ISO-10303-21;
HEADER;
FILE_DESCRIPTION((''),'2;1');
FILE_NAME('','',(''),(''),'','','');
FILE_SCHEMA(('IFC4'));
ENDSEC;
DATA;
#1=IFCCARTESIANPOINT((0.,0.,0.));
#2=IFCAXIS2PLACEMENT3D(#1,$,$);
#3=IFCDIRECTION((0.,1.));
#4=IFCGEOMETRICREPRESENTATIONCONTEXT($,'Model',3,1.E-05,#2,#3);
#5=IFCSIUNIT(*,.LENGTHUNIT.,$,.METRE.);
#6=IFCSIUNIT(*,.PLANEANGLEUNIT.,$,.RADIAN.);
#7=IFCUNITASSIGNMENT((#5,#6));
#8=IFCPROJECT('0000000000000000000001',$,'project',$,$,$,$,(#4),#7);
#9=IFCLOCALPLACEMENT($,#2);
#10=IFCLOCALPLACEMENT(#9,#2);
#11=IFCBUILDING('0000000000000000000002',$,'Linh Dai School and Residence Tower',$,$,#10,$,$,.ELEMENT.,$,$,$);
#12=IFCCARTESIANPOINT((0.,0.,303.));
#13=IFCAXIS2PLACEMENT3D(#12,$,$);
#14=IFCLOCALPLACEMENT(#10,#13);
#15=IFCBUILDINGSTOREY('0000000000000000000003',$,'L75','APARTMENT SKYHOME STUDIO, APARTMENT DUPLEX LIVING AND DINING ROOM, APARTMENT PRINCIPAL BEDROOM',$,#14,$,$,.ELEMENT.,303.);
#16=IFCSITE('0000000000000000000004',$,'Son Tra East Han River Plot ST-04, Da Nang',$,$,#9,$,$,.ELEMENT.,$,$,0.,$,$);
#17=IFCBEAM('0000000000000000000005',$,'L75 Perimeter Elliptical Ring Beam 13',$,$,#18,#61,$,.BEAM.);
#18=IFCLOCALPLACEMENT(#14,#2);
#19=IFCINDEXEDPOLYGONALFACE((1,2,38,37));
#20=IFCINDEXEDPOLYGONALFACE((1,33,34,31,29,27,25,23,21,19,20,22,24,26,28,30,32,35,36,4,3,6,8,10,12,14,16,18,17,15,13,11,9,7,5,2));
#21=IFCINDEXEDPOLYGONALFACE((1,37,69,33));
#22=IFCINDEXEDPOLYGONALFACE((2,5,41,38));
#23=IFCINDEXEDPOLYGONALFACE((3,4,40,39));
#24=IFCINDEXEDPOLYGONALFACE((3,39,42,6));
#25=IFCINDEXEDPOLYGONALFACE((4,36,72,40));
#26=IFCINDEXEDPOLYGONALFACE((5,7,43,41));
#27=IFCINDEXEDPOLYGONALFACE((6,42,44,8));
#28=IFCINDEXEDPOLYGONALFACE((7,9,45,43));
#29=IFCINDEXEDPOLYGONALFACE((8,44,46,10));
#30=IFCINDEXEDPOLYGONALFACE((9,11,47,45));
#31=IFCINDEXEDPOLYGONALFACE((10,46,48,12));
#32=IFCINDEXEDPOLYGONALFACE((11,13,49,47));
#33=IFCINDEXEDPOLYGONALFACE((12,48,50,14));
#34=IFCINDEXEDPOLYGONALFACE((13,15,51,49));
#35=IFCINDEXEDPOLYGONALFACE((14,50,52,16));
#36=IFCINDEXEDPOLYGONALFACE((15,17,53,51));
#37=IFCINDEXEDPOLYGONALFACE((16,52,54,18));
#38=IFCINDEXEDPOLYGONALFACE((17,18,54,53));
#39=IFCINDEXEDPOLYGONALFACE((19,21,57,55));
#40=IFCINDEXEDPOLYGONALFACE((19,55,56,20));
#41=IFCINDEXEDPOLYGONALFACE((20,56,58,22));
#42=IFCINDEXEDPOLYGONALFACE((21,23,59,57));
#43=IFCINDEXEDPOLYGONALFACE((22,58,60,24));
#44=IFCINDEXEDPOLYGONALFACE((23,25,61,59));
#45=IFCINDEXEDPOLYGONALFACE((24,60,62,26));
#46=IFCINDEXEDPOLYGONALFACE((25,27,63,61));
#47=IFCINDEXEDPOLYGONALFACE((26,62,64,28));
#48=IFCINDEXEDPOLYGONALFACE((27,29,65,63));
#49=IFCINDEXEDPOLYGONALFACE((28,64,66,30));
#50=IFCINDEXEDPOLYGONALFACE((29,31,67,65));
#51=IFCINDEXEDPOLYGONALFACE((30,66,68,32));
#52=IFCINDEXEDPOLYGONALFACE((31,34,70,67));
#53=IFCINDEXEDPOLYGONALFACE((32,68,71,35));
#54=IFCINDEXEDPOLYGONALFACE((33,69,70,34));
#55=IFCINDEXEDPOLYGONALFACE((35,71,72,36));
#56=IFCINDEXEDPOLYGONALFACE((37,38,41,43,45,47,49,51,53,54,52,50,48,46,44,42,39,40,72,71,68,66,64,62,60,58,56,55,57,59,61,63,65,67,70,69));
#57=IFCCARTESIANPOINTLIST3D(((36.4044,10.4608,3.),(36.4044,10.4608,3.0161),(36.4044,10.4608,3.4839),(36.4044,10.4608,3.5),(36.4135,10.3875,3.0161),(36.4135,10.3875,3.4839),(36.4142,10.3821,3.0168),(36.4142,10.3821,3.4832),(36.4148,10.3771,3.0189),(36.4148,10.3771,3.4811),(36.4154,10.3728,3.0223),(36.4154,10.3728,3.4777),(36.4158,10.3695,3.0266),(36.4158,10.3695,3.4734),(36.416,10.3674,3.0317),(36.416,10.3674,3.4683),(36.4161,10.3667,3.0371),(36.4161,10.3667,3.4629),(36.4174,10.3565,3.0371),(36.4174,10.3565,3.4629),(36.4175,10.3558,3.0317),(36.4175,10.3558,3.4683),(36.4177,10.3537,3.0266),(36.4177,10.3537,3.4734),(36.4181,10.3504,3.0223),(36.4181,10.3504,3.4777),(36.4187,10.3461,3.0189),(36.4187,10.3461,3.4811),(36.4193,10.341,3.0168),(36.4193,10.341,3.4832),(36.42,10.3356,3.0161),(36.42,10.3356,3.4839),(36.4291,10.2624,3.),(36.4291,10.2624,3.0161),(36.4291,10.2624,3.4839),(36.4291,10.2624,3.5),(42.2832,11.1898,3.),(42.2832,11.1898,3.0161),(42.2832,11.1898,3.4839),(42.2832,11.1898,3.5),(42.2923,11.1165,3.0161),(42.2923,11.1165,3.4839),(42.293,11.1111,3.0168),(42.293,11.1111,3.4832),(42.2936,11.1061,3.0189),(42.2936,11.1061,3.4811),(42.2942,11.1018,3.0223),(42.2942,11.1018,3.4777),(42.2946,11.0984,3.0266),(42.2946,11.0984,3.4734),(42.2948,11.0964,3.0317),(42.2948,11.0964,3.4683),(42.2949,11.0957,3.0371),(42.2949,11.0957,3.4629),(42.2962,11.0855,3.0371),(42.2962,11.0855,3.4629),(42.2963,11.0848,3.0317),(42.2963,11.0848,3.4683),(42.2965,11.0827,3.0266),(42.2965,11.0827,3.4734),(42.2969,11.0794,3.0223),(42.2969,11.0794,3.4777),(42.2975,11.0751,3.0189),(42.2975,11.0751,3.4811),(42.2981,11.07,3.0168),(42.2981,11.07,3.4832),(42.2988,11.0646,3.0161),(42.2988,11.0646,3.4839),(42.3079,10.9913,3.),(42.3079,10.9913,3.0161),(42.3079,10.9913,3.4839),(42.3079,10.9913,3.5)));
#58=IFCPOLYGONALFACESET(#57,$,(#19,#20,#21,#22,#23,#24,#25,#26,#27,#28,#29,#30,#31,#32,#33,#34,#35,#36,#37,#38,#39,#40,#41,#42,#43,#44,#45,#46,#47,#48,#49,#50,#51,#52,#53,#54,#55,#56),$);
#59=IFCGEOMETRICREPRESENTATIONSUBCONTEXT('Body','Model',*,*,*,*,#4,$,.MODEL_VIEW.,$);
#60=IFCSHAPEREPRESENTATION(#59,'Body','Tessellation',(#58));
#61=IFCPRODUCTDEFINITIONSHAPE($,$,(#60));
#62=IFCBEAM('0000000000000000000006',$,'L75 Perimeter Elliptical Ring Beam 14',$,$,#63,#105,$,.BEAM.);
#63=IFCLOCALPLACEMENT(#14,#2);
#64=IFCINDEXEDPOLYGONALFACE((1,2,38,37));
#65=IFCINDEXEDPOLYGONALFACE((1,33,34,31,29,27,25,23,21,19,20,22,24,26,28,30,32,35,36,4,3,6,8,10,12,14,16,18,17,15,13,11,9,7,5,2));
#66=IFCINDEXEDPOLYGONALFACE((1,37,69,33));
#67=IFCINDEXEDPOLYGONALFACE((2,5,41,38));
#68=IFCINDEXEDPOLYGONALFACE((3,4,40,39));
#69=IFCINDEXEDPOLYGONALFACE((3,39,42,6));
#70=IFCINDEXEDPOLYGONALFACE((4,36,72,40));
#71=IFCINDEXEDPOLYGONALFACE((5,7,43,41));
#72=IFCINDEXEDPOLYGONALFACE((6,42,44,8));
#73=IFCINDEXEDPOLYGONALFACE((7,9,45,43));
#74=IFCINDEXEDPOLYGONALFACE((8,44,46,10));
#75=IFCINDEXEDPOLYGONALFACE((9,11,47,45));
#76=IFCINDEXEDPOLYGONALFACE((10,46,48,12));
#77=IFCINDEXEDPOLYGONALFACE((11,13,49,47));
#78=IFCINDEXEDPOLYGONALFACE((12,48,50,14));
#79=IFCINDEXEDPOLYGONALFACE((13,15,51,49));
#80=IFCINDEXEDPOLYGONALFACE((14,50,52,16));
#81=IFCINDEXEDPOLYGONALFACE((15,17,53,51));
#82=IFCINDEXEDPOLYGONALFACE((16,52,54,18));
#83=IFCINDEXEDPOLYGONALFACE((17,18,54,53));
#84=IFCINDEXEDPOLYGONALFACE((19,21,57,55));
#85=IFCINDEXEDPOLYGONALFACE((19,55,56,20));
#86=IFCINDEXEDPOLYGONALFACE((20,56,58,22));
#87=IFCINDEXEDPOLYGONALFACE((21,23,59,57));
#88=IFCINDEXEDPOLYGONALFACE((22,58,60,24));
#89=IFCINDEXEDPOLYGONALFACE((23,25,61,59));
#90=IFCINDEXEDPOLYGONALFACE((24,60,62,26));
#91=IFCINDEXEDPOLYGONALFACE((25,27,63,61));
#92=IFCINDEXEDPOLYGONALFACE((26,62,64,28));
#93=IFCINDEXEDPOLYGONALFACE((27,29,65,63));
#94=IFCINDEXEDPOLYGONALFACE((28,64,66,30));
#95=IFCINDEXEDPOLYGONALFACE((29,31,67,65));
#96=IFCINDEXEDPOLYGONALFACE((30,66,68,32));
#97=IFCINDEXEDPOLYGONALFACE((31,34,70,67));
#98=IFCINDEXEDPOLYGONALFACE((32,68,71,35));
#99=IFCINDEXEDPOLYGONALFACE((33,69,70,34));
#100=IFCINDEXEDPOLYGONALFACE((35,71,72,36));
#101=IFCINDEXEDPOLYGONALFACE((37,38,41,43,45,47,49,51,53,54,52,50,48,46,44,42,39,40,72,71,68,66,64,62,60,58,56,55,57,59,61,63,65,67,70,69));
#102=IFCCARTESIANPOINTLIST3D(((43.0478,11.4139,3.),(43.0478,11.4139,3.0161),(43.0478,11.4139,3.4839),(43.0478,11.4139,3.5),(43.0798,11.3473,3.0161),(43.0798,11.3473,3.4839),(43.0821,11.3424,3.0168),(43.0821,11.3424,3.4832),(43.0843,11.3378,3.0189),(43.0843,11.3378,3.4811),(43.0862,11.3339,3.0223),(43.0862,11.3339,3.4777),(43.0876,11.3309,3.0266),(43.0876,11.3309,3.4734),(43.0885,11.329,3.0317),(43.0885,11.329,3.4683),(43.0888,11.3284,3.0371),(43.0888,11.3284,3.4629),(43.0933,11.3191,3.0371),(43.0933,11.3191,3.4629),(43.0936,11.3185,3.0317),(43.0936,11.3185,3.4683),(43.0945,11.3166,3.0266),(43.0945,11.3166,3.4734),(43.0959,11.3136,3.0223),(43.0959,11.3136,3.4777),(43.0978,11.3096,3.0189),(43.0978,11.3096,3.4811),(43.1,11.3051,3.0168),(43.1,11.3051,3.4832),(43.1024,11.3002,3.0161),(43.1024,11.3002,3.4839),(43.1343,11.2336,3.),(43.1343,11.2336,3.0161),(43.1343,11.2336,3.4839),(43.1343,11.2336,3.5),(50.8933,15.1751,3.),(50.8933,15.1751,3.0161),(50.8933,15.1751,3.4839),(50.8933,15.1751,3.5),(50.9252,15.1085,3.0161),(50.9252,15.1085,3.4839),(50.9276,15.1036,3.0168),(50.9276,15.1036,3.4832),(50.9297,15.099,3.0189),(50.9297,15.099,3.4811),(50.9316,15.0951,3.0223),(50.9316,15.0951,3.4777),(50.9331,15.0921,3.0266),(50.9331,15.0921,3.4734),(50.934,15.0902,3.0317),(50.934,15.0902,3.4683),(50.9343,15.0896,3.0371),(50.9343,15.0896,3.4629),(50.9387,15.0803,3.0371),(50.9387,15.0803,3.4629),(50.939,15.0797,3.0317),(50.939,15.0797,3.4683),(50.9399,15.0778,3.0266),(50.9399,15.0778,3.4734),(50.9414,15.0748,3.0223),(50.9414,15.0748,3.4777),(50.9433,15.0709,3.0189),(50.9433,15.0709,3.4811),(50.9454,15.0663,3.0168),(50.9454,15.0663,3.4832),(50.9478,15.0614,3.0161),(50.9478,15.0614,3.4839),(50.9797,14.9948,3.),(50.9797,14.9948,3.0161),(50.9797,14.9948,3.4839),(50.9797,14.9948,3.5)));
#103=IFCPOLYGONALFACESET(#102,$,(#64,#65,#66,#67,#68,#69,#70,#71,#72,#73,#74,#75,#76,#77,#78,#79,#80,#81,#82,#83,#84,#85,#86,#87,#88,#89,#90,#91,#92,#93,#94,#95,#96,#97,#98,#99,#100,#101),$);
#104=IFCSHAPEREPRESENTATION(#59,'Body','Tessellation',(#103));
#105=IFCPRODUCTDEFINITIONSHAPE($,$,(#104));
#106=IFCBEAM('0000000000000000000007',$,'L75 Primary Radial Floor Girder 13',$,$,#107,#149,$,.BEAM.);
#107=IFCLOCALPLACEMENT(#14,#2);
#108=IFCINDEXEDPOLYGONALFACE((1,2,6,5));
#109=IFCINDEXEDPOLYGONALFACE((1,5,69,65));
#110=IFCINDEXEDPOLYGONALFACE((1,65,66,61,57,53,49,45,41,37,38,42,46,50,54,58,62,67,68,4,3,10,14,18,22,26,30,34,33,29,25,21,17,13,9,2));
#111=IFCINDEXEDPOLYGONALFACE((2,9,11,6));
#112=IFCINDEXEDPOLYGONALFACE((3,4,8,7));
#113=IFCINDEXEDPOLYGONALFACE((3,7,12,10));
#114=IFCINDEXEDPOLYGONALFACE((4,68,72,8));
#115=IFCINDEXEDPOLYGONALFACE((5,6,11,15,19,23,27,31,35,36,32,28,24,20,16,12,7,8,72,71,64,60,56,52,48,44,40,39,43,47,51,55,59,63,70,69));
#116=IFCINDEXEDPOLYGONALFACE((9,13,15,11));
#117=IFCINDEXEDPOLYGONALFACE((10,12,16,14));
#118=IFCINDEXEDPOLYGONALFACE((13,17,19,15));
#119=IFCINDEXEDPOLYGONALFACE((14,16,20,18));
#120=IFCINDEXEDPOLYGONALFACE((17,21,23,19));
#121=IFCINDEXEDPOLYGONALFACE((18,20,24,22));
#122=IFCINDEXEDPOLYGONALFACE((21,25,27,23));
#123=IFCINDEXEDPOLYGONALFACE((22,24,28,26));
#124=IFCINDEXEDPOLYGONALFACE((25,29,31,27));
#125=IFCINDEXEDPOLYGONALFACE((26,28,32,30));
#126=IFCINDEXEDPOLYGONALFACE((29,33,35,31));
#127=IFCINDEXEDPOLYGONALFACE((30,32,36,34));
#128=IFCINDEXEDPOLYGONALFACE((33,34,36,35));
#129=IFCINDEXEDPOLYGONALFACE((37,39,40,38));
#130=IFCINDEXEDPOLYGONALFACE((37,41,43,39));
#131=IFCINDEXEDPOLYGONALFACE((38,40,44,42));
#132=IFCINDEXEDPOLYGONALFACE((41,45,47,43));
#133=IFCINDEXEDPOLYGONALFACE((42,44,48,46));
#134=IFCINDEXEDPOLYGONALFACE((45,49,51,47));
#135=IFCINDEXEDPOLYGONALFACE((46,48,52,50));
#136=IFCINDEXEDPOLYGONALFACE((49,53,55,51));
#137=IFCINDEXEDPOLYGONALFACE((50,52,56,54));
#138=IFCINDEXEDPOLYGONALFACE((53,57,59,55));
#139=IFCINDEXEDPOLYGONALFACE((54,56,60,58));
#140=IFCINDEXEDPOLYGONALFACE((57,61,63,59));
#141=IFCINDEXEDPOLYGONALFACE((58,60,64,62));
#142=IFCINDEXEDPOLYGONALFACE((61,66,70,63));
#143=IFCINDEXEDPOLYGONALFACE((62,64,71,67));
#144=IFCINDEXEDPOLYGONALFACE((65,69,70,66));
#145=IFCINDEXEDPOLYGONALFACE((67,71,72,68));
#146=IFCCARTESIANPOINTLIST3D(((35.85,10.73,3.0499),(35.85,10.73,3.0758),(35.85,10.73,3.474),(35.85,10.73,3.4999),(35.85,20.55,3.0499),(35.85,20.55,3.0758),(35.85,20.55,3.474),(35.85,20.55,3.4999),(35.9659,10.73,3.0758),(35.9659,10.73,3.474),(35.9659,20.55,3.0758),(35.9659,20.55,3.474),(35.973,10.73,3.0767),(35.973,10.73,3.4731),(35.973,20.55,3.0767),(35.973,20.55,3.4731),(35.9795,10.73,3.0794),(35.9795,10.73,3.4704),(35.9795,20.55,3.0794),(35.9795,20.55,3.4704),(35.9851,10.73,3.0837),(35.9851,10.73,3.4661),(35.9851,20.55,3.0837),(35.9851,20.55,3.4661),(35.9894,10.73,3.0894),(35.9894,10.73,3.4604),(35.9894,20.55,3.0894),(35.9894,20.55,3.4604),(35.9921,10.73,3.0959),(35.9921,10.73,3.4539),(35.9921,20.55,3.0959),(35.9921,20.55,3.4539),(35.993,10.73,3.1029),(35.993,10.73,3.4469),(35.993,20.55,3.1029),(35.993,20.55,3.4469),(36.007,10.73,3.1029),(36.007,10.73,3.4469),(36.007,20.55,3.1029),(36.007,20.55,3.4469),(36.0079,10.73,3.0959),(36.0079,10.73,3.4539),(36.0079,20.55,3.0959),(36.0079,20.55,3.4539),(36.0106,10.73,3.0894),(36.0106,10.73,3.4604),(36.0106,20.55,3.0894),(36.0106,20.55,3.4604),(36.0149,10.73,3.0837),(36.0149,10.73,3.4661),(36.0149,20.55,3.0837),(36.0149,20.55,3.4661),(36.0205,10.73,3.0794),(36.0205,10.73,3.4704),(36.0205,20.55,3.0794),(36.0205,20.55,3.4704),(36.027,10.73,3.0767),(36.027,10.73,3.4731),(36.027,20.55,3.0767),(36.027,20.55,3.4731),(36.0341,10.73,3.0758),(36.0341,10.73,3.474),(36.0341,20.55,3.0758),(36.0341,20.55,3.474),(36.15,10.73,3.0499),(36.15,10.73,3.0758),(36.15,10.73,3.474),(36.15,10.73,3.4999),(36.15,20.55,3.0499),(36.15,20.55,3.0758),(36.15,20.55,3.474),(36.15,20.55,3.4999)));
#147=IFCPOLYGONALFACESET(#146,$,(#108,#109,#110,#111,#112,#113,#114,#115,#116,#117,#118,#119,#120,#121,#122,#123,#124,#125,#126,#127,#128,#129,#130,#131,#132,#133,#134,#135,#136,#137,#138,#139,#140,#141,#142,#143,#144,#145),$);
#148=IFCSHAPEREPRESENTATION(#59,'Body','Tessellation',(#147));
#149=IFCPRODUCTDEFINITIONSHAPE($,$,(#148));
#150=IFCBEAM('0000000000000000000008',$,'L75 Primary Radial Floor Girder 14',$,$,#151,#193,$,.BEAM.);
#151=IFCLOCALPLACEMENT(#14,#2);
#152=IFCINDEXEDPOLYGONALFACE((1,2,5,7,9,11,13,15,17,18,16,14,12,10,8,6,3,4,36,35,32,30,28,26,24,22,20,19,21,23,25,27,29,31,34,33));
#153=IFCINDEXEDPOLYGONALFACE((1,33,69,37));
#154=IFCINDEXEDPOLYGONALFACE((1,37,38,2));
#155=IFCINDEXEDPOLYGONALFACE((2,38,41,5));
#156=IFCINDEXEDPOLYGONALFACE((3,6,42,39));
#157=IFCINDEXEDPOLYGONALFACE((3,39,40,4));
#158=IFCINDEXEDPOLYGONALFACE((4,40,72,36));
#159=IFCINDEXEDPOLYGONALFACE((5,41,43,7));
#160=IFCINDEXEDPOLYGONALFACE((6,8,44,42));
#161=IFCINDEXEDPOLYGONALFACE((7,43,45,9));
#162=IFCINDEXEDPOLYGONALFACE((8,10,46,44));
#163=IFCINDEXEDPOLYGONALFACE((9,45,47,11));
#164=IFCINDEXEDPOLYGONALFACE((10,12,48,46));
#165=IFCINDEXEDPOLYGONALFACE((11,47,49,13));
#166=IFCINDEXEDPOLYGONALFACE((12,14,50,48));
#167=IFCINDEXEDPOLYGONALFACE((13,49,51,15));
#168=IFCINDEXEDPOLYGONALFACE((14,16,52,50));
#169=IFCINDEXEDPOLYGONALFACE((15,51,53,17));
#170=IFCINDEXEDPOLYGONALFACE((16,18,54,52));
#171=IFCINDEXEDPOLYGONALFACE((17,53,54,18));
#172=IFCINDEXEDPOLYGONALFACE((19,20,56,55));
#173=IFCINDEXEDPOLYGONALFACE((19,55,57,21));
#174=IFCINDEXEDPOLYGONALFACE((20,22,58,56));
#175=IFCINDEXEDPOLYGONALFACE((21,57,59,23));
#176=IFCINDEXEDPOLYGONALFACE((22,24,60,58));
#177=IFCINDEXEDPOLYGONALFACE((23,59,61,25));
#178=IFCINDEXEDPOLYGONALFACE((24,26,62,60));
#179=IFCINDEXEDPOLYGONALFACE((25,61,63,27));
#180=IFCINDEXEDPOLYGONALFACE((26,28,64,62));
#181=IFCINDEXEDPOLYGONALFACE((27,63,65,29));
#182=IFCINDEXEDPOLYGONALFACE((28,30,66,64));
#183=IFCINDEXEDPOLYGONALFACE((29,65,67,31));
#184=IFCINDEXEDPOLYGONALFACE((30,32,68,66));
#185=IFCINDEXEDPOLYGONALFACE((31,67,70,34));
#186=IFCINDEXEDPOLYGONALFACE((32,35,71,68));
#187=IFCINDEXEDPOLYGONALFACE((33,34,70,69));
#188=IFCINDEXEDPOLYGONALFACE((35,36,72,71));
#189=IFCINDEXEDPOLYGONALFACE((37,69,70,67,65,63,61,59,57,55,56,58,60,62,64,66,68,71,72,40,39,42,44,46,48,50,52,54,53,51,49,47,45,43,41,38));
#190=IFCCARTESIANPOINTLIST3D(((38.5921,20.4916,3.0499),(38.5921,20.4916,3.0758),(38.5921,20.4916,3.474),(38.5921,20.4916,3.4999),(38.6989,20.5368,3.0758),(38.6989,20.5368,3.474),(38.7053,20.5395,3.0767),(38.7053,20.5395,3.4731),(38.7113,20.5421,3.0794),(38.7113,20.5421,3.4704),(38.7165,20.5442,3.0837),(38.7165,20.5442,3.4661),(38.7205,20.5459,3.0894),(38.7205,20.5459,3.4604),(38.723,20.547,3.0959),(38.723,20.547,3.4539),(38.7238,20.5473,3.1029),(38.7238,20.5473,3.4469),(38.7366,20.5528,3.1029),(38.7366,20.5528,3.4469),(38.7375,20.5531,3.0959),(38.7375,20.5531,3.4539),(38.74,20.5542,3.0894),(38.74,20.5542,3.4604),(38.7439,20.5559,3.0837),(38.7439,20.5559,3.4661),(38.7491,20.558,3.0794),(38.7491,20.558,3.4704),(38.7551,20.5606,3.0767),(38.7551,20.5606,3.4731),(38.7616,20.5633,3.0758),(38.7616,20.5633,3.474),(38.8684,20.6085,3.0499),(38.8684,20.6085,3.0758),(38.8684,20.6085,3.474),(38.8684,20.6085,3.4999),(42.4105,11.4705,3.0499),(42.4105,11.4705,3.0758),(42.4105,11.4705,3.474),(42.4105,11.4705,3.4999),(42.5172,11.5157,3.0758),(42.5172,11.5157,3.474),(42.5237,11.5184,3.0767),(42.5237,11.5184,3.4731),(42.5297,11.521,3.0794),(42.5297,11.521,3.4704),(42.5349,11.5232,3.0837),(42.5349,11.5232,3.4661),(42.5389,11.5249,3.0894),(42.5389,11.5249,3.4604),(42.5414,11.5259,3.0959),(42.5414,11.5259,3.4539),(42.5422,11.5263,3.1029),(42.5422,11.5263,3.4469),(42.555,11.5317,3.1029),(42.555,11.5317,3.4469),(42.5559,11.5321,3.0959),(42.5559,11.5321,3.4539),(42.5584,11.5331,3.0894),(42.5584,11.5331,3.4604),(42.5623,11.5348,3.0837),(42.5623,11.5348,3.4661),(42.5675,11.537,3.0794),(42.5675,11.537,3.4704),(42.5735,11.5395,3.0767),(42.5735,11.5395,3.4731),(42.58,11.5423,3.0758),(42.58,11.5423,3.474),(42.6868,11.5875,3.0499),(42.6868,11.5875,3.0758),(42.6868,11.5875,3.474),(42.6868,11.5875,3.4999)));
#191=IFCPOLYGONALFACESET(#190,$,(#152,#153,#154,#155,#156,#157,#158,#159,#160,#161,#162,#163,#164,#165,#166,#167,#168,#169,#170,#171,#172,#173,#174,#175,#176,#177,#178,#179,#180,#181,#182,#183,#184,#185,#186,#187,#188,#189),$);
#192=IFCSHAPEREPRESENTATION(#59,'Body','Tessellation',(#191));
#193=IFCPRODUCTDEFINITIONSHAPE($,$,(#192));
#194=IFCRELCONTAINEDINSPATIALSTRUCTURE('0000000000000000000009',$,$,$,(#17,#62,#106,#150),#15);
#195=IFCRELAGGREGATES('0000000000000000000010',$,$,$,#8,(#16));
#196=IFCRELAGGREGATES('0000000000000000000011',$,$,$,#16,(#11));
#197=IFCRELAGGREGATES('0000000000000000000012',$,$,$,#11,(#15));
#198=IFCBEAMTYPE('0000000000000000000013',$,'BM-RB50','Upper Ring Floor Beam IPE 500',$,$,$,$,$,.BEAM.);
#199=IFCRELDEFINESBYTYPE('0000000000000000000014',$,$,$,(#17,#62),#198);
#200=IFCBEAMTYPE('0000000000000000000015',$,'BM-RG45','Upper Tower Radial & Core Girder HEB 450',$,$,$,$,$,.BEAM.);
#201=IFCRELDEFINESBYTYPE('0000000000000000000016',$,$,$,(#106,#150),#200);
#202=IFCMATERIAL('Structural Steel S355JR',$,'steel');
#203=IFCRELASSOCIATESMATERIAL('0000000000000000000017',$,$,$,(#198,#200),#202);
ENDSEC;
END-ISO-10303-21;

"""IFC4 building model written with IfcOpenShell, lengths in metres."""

from ifc_helpers import new_model, si_unit, direction, frame, origin, origin_2d, place, context, subcontext, project, spatial, i_section, extrude, material, material_profile, profile_set, type_object, element, save


model = new_model("IFC4")

# Units and contexts
model_context = context("Model", 3, precision=1e-05, world=origin(), true_north=direction((0.0, 1.0)))
body_context = subcontext(model_context, "Body", "Model", "MODEL_VIEW")
ifc_project = project(units=[si_unit("LENGTHUNIT", "METRE"), si_unit("PLANEANGLEUNIT", "RADIAN")], contexts=[model_context])

# Site, building, storey
site_placement = place(None, origin())
site = spatial("IfcSite", under=ifc_project, at=site_placement, Name="Son Tra East Han River Plot ST-04, Da Nang", CompositionType="ELEMENT", RefElevation=0.0)
building_placement = place(site_placement, origin())
building = spatial("IfcBuilding", under=site, at=building_placement, Name="Linh Dai School and Residence Tower", CompositionType="ELEMENT")
storey_placement = place(building_placement, frame((0.0, 0.0, 303.0)))
storey = spatial("IfcBuildingStorey", under=building, at=storey_placement, Name="L75", Description="APARTMENT SKYHOME STUDIO, APARTMENT DUPLEX LIVING AND DINING ROOM, APARTMENT PRINCIPAL BEDROOM", CompositionType="ELEMENT", Elevation=303.0)

# Shared definitions
ifc_material_1 = material(Name="Structural Steel S355JR", Category="steel")

# Beams
ifc_material_profile_1 = material_profile(ifc_material_1, i_section(OverallWidth=0.2, OverallDepth=0.5, WebThickness=0.0103, FlangeThickness=0.0161, FilletRadius=0.021, at=origin_2d()), Name="IPE 500")
ifc_profile_set_1 = profile_set([ifc_material_profile_1], Name="Structural Steel S355JR")
beam_type_1 = type_object("IfcBeamType", Name="BM-RB50", Description="Upper Ring Floor Beam IPE 500", PredefinedType="BEAM", material=ifc_profile_set_1)
beam_1_placement = place(storey_placement, frame((36.4167, 10.3616, 3.25), z_axis=(0.992399, 0.123061, 0.0), x_axis=(-0.123061, 0.992399, 0.0)))
element("IfcBeam", 1, at=beam_1_placement, inside=storey, type_object=beam_type_1, Name="L75 Perimeter Elliptical Ring Beam 13", PredefinedType="BEAM", context=body_context, shape_type="SweptSolid", body=[
    extrude(i_section(OverallWidth=0.2, OverallDepth=0.5, WebThickness=0.0103, FlangeThickness=0.0161, FilletRadius=0.021, at=origin_2d()), origin(), (0.0, 0.0, 1.0), 5.9238),
])
beam_2_placement = place(storey_placement, frame((43.0911, 11.3237, 3.25), z_axis=(0.901729, 0.432302, 0.0), x_axis=(-0.432302, 0.901729, 0.0)))
element("IfcBeam", 2, at=beam_2_placement, inside=storey, type_object=beam_type_1, Name="L75 Perimeter Elliptical Ring Beam 14", PredefinedType="BEAM", context=body_context, shape_type="SweptSolid", body=[
    extrude(i_section(OverallWidth=0.2, OverallDepth=0.5, WebThickness=0.0103, FlangeThickness=0.0161, FilletRadius=0.021, at=origin_2d()), origin(), (0.0, 0.0, 1.0), 8.7004),
])
ifc_material_profile_2 = material_profile(ifc_material_1, i_section(OverallWidth=0.3, OverallDepth=0.45, WebThickness=0.0139, FlangeThickness=0.0259, FilletRadius=0.0271, at=origin_2d()), Name="HEB 450")
ifc_profile_set_2 = profile_set([ifc_material_profile_2], Name="Structural Steel S355JR")
beam_type_2 = type_object("IfcBeamType", Name="BM-RG45", Description="Upper Tower Radial & Core Girder HEB 450", PredefinedType="BEAM", material=ifc_profile_set_2)
beam_3_placement = place(storey_placement, frame((36.0, 20.55, 3.2749), z_axis=(0.0, -1.0, 0.0), x_axis=(1.0, 0.0, 0.0)))
element("IfcBeam", 3, at=beam_3_placement, inside=storey, type_object=beam_type_2, Name="L75 Primary Radial Floor Girder 13", PredefinedType="BEAM", context=body_context, shape_type="SweptSolid", body=[
    extrude(i_section(OverallWidth=0.3, OverallDepth=0.45, WebThickness=0.0139, FlangeThickness=0.0259, FilletRadius=0.0271, at=origin_2d()), origin(), (0.0, 0.0, 1.0), 9.8201),
])
beam_4_placement = place(storey_placement, frame((38.7302, 20.55, 3.2749), z_axis=(0.389794, -0.920902, 0.0), x_axis=(0.920902, 0.389794, 0.0)))
element("IfcBeam", 4, at=beam_4_placement, inside=storey, type_object=beam_type_2, Name="L75 Primary Radial Floor Girder 14", PredefinedType="BEAM", context=body_context, shape_type="SweptSolid", body=[
    extrude(i_section(OverallWidth=0.3, OverallDepth=0.45, WebThickness=0.0139, FlangeThickness=0.0259, FilletRadius=0.0271, at=origin_2d()), origin(), (0.0, 0.0, 1.0), 9.7959),
])

save(model, "model.ifc")
